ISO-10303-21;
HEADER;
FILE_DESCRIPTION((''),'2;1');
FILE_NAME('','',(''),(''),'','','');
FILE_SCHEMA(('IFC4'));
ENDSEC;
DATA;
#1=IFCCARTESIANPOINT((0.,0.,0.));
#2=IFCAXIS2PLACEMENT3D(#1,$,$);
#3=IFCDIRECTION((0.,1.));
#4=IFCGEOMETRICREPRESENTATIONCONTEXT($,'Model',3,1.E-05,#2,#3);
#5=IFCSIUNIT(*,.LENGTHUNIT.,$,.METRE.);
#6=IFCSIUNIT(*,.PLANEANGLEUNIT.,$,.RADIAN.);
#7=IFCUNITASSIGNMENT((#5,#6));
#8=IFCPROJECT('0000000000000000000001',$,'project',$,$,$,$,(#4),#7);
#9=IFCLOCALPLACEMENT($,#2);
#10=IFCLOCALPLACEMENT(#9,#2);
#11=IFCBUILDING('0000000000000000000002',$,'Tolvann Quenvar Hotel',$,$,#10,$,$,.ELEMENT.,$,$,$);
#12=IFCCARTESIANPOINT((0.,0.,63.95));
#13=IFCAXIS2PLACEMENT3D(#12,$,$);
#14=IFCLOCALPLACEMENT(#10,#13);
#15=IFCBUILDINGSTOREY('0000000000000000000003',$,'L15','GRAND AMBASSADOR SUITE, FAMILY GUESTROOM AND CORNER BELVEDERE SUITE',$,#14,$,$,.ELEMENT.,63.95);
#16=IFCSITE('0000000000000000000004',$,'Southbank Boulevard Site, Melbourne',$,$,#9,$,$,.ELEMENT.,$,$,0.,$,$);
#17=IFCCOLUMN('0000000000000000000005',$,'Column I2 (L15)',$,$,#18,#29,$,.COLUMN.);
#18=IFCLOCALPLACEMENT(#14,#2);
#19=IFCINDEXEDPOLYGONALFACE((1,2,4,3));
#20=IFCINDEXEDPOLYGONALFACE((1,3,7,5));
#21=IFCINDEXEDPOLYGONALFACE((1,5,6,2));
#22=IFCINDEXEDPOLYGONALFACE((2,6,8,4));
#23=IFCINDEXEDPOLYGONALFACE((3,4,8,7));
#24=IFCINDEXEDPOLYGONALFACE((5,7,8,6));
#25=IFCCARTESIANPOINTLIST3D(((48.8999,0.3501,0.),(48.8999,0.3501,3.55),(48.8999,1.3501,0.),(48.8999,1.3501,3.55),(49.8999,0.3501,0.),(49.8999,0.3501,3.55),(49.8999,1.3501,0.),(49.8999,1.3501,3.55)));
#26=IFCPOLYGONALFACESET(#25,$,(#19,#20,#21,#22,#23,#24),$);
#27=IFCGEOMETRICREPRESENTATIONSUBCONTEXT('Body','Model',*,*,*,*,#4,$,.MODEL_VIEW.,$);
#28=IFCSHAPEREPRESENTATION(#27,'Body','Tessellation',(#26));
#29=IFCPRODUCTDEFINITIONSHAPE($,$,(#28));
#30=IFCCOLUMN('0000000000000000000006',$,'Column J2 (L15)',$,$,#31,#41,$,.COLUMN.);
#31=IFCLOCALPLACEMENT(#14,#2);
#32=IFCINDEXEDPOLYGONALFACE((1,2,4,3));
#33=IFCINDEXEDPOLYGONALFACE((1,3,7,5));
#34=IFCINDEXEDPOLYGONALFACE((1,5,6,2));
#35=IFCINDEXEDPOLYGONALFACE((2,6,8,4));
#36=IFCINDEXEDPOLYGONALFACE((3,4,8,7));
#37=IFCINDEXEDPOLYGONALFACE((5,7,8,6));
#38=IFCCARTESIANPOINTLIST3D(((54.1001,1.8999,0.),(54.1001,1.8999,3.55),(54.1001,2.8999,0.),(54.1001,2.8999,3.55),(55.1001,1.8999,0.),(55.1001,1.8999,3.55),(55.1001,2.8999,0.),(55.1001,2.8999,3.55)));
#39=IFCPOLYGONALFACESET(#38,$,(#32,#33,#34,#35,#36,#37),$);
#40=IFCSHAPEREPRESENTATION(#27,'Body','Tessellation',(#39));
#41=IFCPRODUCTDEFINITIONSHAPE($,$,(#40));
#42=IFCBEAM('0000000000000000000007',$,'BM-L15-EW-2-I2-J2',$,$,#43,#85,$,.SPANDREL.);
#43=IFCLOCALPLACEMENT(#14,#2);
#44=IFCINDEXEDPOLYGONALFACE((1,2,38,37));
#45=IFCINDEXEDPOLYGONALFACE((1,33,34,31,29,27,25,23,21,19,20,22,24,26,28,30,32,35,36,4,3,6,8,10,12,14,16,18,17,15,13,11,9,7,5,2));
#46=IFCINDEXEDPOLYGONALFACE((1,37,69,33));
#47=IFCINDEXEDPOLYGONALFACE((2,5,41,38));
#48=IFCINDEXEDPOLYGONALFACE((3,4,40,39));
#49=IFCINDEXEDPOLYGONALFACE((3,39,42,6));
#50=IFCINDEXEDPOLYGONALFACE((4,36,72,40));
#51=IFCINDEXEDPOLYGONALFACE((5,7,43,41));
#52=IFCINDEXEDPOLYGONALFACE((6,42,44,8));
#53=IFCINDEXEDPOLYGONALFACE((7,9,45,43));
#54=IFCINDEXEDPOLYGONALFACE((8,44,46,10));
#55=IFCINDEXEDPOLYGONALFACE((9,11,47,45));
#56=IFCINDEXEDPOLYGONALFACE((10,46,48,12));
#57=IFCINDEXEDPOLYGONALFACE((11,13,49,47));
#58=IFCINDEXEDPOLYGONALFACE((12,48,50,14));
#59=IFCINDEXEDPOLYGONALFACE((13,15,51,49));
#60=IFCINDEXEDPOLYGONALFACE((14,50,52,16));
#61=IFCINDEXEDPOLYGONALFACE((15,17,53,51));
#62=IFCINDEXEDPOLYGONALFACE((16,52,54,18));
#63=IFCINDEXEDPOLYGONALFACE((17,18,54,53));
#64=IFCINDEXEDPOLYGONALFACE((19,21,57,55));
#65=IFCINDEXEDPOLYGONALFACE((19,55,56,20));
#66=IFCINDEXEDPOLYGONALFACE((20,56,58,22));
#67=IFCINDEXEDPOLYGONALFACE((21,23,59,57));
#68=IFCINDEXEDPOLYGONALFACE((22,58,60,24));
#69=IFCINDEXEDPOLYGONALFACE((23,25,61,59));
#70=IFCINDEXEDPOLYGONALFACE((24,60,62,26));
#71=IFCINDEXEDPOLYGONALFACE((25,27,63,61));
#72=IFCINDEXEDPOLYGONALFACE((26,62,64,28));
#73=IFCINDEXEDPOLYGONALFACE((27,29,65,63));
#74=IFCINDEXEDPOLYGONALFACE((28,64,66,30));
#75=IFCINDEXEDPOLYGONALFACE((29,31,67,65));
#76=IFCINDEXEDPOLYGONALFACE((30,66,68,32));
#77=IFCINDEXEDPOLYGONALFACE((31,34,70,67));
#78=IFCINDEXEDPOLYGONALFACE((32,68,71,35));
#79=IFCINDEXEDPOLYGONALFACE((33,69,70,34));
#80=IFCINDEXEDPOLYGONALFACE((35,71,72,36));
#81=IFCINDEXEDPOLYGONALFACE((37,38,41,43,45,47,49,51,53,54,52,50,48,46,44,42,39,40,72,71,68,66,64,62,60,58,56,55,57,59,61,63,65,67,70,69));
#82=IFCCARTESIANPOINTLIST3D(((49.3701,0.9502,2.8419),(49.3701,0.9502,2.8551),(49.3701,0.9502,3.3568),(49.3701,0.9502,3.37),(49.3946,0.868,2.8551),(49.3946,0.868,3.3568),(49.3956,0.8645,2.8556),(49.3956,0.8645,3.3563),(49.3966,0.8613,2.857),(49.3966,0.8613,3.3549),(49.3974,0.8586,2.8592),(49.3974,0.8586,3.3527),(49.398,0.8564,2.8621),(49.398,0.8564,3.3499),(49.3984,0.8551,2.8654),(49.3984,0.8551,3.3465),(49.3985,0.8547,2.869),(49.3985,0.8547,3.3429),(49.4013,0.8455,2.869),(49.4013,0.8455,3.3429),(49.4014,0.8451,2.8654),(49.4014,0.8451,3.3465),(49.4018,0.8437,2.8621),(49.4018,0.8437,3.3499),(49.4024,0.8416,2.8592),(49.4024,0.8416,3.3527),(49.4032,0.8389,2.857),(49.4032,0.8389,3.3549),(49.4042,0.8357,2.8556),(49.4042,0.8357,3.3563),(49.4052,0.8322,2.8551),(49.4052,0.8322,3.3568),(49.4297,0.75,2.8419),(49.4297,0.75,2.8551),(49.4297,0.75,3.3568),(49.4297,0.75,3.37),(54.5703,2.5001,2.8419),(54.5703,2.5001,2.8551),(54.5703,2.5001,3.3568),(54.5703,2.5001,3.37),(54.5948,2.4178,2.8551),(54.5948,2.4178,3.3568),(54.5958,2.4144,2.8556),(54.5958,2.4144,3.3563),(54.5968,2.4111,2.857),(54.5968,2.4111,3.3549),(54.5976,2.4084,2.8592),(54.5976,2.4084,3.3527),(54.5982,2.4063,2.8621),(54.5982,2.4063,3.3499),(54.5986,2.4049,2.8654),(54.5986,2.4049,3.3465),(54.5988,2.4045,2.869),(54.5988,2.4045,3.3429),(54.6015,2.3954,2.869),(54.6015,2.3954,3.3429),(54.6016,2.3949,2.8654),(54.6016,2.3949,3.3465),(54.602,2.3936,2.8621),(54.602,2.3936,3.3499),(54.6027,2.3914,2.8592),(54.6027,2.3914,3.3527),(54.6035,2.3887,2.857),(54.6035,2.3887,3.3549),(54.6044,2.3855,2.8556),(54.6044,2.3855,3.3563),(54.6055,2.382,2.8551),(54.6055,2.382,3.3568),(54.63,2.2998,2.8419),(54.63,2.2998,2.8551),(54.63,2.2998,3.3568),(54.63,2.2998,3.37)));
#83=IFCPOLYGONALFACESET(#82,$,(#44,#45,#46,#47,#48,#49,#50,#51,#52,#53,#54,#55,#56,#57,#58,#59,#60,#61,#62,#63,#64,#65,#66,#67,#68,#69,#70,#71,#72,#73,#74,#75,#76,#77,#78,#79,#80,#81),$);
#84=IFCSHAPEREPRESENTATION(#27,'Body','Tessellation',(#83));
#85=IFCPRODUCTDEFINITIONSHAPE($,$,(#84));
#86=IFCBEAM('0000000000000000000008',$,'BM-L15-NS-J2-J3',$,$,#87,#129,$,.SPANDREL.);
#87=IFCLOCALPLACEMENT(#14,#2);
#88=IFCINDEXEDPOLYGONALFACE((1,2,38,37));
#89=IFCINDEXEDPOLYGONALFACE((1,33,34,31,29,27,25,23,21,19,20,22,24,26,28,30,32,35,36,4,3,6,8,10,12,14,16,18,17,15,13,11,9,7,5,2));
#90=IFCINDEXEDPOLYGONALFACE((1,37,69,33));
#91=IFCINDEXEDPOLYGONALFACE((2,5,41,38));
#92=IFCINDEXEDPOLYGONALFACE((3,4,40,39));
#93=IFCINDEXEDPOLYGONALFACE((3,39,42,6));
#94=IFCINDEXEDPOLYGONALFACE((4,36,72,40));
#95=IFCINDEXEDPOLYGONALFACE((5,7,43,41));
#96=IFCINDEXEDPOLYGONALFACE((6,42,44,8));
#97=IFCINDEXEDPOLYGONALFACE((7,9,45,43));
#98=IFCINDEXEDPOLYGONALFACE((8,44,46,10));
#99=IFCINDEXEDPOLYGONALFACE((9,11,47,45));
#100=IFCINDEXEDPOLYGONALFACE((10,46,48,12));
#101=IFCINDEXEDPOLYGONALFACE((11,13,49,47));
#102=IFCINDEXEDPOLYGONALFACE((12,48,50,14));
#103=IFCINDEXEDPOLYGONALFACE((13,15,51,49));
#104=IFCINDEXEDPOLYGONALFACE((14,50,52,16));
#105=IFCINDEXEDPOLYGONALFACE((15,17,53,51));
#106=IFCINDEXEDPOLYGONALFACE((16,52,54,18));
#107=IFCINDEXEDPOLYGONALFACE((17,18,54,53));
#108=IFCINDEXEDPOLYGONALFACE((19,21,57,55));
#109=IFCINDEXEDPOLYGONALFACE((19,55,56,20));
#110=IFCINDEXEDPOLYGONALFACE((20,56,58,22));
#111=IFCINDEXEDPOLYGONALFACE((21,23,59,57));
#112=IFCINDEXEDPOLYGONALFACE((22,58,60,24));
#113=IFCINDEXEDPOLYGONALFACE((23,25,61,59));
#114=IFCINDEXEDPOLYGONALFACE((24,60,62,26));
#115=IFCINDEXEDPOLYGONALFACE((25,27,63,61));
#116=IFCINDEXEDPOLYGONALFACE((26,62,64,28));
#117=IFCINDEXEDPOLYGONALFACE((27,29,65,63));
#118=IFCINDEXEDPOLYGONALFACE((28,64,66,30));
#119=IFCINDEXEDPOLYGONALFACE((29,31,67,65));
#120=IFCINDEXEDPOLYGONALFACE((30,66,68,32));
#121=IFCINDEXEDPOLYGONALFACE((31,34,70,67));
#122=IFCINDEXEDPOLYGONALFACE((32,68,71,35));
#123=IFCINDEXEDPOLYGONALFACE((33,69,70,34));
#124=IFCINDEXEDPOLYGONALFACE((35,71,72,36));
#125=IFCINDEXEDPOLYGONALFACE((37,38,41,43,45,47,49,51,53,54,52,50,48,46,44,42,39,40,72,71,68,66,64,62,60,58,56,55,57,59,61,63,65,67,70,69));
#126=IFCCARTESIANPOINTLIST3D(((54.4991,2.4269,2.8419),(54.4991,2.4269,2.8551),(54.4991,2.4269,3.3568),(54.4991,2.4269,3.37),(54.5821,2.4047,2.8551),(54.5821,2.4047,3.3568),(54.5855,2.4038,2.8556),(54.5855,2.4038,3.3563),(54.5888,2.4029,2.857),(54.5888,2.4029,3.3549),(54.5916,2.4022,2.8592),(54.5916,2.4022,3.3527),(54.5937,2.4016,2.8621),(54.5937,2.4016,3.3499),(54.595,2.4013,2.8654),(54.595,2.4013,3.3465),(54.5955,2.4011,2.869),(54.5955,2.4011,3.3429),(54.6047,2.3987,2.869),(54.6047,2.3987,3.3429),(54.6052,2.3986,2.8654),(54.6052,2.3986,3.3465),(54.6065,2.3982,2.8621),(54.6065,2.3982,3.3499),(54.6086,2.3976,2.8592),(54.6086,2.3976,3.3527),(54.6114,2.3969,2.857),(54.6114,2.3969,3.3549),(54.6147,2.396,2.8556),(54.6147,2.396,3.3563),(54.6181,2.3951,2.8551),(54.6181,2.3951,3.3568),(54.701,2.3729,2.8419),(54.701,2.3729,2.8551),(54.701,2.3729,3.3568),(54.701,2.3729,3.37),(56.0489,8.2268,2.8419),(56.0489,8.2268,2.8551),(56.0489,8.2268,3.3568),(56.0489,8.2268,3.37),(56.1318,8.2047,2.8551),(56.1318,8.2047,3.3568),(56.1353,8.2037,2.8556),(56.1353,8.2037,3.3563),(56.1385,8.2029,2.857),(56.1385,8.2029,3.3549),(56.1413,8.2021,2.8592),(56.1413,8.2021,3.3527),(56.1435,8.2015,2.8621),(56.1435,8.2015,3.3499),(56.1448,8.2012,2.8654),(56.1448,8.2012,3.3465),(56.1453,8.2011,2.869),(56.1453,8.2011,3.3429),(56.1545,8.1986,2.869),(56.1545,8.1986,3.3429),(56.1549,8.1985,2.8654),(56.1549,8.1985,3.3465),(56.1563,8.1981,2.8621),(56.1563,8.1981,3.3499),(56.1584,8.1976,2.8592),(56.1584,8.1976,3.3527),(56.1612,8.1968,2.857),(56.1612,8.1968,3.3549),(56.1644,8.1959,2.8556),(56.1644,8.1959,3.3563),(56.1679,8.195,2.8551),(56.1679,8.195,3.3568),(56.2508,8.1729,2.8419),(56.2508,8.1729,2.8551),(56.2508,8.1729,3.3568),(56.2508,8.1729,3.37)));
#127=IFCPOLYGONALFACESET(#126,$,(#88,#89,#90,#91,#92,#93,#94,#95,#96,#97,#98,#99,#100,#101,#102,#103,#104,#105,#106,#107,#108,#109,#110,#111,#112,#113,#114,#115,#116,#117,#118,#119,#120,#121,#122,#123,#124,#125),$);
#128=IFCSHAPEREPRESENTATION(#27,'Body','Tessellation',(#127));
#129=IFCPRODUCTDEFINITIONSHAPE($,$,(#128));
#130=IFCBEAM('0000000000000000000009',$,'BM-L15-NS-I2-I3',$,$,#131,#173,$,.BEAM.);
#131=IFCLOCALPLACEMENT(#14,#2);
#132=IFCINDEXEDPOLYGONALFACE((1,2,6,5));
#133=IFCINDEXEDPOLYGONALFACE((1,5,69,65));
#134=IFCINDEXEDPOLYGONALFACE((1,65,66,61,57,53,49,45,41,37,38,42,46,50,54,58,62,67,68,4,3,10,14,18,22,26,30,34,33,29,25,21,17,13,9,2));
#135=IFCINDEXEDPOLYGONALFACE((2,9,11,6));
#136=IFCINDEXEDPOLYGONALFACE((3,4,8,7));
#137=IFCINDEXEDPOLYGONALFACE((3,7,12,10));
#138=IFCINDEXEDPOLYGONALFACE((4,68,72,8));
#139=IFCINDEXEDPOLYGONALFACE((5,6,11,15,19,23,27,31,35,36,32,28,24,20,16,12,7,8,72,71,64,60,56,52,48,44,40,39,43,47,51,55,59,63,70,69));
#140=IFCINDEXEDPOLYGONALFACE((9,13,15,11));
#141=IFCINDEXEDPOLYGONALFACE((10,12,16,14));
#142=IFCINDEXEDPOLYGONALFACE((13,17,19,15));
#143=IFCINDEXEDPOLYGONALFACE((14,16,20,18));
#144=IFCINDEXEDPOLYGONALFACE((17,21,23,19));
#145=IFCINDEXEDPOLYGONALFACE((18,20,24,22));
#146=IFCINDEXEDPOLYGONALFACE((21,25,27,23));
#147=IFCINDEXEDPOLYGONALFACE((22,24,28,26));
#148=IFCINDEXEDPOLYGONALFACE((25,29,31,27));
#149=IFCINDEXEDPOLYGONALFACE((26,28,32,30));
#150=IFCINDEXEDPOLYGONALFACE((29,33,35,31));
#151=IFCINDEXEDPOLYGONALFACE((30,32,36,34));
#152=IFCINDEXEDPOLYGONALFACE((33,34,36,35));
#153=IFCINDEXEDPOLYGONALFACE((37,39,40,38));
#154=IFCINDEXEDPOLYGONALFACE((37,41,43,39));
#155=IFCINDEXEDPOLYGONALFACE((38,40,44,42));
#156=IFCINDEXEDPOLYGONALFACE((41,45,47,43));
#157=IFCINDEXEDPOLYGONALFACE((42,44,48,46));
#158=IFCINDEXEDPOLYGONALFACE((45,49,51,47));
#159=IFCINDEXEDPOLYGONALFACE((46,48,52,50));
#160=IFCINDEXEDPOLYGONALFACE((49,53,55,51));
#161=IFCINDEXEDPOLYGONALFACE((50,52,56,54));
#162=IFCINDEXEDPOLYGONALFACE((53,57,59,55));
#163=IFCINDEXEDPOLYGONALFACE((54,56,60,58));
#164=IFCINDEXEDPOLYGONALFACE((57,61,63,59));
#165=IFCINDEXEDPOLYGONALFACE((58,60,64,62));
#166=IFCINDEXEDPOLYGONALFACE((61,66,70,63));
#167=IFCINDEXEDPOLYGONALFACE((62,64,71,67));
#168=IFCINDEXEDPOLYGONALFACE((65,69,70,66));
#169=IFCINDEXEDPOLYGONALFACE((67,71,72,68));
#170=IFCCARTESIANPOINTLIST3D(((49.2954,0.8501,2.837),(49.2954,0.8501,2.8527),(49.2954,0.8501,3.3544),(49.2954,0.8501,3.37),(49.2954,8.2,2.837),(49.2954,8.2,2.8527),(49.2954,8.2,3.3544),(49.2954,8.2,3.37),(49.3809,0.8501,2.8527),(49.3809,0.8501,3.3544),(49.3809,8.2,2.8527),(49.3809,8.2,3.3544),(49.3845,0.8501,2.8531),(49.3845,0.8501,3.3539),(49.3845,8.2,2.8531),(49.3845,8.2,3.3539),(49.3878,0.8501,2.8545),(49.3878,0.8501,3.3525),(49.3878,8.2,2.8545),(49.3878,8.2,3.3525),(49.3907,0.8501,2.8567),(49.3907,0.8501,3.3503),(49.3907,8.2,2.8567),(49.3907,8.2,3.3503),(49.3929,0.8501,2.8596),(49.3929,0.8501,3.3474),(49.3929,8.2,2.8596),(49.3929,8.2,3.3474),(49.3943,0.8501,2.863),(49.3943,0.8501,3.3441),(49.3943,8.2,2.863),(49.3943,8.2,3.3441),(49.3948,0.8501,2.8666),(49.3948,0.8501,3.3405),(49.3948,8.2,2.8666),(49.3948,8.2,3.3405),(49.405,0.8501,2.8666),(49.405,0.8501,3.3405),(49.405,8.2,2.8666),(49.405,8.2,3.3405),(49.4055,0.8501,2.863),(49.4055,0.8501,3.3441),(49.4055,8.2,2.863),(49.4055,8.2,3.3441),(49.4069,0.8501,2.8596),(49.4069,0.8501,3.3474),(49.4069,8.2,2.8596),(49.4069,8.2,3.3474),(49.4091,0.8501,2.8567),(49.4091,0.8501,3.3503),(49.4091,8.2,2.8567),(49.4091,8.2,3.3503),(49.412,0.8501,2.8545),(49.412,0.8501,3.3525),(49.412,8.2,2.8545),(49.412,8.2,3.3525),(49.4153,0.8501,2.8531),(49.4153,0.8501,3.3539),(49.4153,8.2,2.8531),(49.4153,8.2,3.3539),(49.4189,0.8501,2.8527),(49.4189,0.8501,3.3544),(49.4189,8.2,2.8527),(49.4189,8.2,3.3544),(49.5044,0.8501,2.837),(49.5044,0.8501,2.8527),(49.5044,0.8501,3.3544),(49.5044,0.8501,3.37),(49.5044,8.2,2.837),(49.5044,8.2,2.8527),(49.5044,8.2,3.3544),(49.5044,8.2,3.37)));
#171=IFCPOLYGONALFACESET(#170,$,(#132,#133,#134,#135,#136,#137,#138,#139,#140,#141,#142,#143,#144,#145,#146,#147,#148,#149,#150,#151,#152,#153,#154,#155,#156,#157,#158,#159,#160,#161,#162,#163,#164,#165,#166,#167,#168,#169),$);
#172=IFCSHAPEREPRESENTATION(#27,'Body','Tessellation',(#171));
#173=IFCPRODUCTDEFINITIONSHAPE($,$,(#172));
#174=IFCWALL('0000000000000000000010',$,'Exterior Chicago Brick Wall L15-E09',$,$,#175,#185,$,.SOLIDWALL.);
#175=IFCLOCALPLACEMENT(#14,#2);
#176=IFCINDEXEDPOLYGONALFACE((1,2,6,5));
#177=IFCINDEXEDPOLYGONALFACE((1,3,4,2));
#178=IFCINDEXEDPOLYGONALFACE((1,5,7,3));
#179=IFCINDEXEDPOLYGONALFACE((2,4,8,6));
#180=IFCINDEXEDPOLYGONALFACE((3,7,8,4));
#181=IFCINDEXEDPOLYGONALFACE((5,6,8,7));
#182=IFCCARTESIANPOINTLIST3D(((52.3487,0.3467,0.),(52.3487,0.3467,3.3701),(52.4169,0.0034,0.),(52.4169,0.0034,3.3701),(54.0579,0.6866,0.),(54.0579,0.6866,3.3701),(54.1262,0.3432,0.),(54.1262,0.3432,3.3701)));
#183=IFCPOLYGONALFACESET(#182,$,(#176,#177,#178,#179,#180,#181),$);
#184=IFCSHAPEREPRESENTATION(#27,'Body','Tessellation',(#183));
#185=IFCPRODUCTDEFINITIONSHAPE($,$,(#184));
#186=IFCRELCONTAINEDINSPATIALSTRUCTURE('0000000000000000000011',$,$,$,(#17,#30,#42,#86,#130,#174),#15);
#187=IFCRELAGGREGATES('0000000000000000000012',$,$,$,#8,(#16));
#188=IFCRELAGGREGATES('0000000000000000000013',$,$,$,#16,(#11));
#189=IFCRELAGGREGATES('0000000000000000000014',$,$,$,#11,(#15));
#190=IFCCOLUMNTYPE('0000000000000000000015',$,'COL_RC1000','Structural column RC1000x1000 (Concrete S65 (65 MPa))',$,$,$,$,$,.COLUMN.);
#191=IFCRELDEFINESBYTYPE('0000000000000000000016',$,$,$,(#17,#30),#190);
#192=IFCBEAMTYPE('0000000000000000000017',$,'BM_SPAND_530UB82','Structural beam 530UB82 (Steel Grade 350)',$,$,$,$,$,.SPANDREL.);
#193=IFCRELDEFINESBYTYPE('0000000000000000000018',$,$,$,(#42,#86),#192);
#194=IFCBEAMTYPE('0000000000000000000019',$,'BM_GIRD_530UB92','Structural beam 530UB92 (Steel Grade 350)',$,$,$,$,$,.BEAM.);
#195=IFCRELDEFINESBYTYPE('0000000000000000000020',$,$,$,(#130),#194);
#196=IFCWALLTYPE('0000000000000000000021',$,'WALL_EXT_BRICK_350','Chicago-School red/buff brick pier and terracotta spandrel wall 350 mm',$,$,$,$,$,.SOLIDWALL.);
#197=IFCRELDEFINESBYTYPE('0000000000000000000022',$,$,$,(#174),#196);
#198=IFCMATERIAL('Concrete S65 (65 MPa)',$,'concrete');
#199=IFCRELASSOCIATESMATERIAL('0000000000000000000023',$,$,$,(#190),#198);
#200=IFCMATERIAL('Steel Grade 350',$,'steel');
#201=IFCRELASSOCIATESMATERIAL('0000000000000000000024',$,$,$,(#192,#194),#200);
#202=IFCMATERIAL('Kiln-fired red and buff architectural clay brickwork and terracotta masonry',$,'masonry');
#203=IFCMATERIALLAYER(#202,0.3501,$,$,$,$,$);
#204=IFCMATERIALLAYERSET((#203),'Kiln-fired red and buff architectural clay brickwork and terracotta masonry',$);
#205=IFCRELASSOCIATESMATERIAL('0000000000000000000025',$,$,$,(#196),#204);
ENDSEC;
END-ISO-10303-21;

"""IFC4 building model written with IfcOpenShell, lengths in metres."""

from ifc_helpers import new_model, si_unit, direction, frame, frame_2d, origin, origin_2d, place, context, subcontext, project, spatial, rectangle, i_section, extrude, source, transform, mapped, material, layer, layer_set, material_profile, profile_set, type_object, type_shapes, element, save


model = new_model("IFC4")

# Units and contexts
model_context = context("Model", 3, precision=1e-05, world=origin(), true_north=direction((0.0, 1.0)))
body_context = subcontext(model_context, "Body", "Model", "MODEL_VIEW")
ifc_project = project(units=[si_unit("LENGTHUNIT", "METRE"), si_unit("PLANEANGLEUNIT", "RADIAN")], contexts=[model_context])

# Site, building, storey
site_placement = place(None, origin())
site = spatial("IfcSite", under=ifc_project, at=site_placement, Name="Southbank Boulevard Site, Melbourne", CompositionType="ELEMENT", RefElevation=0.0)
building_placement = place(site_placement, origin())
building = spatial("IfcBuilding", under=site, at=building_placement, Name="Tolvann Quenvar Hotel", CompositionType="ELEMENT")
storey_placement = place(building_placement, frame((0.0, 0.0, 63.95)))
storey = spatial("IfcBuildingStorey", under=building, at=storey_placement, Name="L15", Description="GRAND AMBASSADOR SUITE, FAMILY GUESTROOM AND CORNER BELVEDERE SUITE", CompositionType="ELEMENT", Elevation=63.95)

# Columns
ifc_material_1 = material(Name="Concrete S65 (65 MPa)", Category="concrete")
ifc_material_profile_1 = material_profile(ifc_material_1, rectangle(XDim=1.0, YDim=1.0, at=origin_2d()), Name="RC1000x1000")
ifc_profile_set_1 = profile_set([ifc_material_profile_1], Name="Concrete S65 (65 MPa)")
column_type = type_object("IfcColumnType", Name="COL_RC1000", Description="Structural column RC1000x1000 (Concrete S65 (65 MPa))", PredefinedType="COLUMN", material=ifc_profile_set_1)
shared_shape_1 = source(origin(), body_context, "Body", "SweptSolid", [
    extrude(rectangle(XDim=1.0, YDim=1.0, at=origin_2d()), origin(), (0.0, 0.0, 1.0), 3.55),
])
type_shapes(column_type, [shared_shape_1])
for number, where, z_axis, x_axis, name in (
    (1, (49.3999, 0.8501, 0.0), (0.0, 0.0, 1.0), (1.0, 0.0, 0.0), "Column I2 (L15)"),
    (2, (54.6001, 2.3999, 0.0), (0.0, 0.0, 1.0), (1.0, 0.0, 0.0), "Column J2 (L15)"),
):
    element("IfcColumn", number, at=place(storey_placement, frame(where, z_axis=z_axis, x_axis=x_axis)), inside=storey, type_object=column_type, Name=name, PredefinedType="COLUMN", context=body_context, shape_type="MappedRepresentation", body=[
        mapped(shared_shape_1, transform((0.0, 0.0, 0.0), x_axis=(1.0, 0.0, 0.0), y_axis=(0.0, 1.0, 0.0), z_axis=(0.0, 0.0, 1.0), scale=1.0)),
    ])

# Beams
ifc_material_2 = material(Name="Steel Grade 350", Category="steel")
ifc_material_profile_2 = material_profile(ifc_material_2, i_section(OverallWidth=0.209, OverallDepth=0.5281, WebThickness=0.0095, FlangeThickness=0.0132, FilletRadius=0.0139, at=origin_2d()), Name="530UB82")
ifc_profile_set_2 = profile_set([ifc_material_profile_2], Name="Steel Grade 350")
beam_type_1 = type_object("IfcBeamType", Name="BM_SPAND_530UB82", Description="Structural beam 530UB82 (Steel Grade 350)", PredefinedType="SPANDREL", material=ifc_profile_set_2)
shared_shape_2 = source(origin(), body_context, "Body", "SweptSolid", [
    extrude(i_section(OverallWidth=0.209, OverallDepth=0.5281, WebThickness=0.0095, FlangeThickness=0.0132, FilletRadius=0.0139, at=origin_2d()), origin(), (0.0, 0.0, 1.0), 5.4263),
])
beam_1_placement = place(storey_placement, frame((49.3999, 0.8501, 3.106), z_axis=(0.958345, 0.285614, 0.0), x_axis=(-0.285614, 0.958345, 0.0)))
element("IfcBeam", 3, at=beam_1_placement, inside=storey, type_object=beam_type_1, Name="BM-L15-EW-2-I2-J2", PredefinedType="SPANDREL", context=body_context, shape_type="MappedRepresentation", body=[
    mapped(shared_shape_2, transform((0.0, 0.0, 0.0), x_axis=(1.0, 0.0, 0.0), y_axis=(0.0, 1.0, 0.0), z_axis=(0.0, 0.0, 1.0), scale=1.0)),
])
shared_shape_3 = source(origin(), body_context, "Body", "SweptSolid", [
    extrude(i_section(OverallWidth=0.209, OverallDepth=0.5281, WebThickness=0.0095, FlangeThickness=0.0132, FilletRadius=0.0139, at=origin_2d()), origin(), (0.0, 0.0, 1.0), 6.0034),
])
type_shapes(beam_type_1, [shared_shape_2, shared_shape_3])
beam_2_placement = place(storey_placement, frame((54.6001, 2.3999, 3.106), z_axis=(0.258149, 0.966105, 0.0), x_axis=(-0.966105, 0.258149, 0.0)))
element("IfcBeam", 4, at=beam_2_placement, inside=storey, type_object=beam_type_1, Name="BM-L15-NS-J2-J3", PredefinedType="SPANDREL", context=body_context, shape_type="MappedRepresentation", body=[
    mapped(shared_shape_3, transform((0.0, 0.0, 0.0), x_axis=(1.0, 0.0, 0.0), y_axis=(0.0, 1.0, 0.0), z_axis=(0.0, 0.0, 1.0), scale=1.0)),
])
ifc_material_profile_3 = material_profile(ifc_material_2, i_section(OverallWidth=0.209, OverallDepth=0.533, WebThickness=0.0103, FlangeThickness=0.0156, FilletRadius=0.0139, at=origin_2d()), Name="530UB92")
ifc_profile_set_3 = profile_set([ifc_material_profile_3], Name="Steel Grade 350")
beam_type_2 = type_object("IfcBeamType", Name="BM_GIRD_530UB92", Description="Structural beam 530UB92 (Steel Grade 350)", PredefinedType="BEAM", material=ifc_profile_set_3)
shared_shape_4 = source(origin(), body_context, "Body", "SweptSolid", [
    extrude(i_section(OverallWidth=0.209, OverallDepth=0.533, WebThickness=0.0103, FlangeThickness=0.0156, FilletRadius=0.0139, at=origin_2d()), origin(), (0.0, 0.0, 1.0), 7.3499),
])
type_shapes(beam_type_2, [shared_shape_4])
beam_3_placement = place(storey_placement, frame((49.3999, 0.8501, 3.1035), z_axis=(0.0, 1.0, 0.0), x_axis=(-1.0, 0.0, 0.0)))
element("IfcBeam", 5, at=beam_3_placement, inside=storey, type_object=beam_type_2, Name="BM-L15-NS-I2-I3", PredefinedType="BEAM", context=body_context, shape_type="MappedRepresentation", body=[
    mapped(shared_shape_4, transform((0.0, 0.0, 0.0), x_axis=(1.0, 0.0, 0.0), y_axis=(0.0, 1.0, 0.0), z_axis=(0.0, 0.0, 1.0), scale=1.0)),
])

# Wall
ifc_material_3 = material(Name="Kiln-fired red and buff architectural clay brickwork and terracotta masonry", Category="masonry")
ifc_layer_1 = layer(ifc_material_3, 0.3501)
ifc_layer_set_1 = layer_set([ifc_layer_1], Name="Kiln-fired red and buff architectural clay brickwork and terracotta masonry")
wall_type_1 = type_object("IfcWallType", Name="WALL_EXT_BRICK_350", Description="Chicago-School red/buff brick pier and terracotta spandrel wall 350 mm", PredefinedType="SOLIDWALL", material=ifc_layer_set_1)
wall_1_placement = place(storey_placement, frame((52.3828, 0.175, 0.0), z_axis=(0.0, 0.0, 1.0), x_axis=(0.980801, 0.195011, 0.0)))
element("IfcWall", 6, at=wall_1_placement, inside=storey, type_object=wall_type_1, Name="Exterior Chicago Brick Wall L15-E09", PredefinedType="SOLIDWALL", context=body_context, shape_type="SweptSolid", body=[
    extrude(rectangle(XDim=1.7427, YDim=0.3501, at=frame_2d((0.8713, 0.0))), origin(), (0.0, 0.0, 1.0), 3.3701),
])

save(model, "model.ifc")
